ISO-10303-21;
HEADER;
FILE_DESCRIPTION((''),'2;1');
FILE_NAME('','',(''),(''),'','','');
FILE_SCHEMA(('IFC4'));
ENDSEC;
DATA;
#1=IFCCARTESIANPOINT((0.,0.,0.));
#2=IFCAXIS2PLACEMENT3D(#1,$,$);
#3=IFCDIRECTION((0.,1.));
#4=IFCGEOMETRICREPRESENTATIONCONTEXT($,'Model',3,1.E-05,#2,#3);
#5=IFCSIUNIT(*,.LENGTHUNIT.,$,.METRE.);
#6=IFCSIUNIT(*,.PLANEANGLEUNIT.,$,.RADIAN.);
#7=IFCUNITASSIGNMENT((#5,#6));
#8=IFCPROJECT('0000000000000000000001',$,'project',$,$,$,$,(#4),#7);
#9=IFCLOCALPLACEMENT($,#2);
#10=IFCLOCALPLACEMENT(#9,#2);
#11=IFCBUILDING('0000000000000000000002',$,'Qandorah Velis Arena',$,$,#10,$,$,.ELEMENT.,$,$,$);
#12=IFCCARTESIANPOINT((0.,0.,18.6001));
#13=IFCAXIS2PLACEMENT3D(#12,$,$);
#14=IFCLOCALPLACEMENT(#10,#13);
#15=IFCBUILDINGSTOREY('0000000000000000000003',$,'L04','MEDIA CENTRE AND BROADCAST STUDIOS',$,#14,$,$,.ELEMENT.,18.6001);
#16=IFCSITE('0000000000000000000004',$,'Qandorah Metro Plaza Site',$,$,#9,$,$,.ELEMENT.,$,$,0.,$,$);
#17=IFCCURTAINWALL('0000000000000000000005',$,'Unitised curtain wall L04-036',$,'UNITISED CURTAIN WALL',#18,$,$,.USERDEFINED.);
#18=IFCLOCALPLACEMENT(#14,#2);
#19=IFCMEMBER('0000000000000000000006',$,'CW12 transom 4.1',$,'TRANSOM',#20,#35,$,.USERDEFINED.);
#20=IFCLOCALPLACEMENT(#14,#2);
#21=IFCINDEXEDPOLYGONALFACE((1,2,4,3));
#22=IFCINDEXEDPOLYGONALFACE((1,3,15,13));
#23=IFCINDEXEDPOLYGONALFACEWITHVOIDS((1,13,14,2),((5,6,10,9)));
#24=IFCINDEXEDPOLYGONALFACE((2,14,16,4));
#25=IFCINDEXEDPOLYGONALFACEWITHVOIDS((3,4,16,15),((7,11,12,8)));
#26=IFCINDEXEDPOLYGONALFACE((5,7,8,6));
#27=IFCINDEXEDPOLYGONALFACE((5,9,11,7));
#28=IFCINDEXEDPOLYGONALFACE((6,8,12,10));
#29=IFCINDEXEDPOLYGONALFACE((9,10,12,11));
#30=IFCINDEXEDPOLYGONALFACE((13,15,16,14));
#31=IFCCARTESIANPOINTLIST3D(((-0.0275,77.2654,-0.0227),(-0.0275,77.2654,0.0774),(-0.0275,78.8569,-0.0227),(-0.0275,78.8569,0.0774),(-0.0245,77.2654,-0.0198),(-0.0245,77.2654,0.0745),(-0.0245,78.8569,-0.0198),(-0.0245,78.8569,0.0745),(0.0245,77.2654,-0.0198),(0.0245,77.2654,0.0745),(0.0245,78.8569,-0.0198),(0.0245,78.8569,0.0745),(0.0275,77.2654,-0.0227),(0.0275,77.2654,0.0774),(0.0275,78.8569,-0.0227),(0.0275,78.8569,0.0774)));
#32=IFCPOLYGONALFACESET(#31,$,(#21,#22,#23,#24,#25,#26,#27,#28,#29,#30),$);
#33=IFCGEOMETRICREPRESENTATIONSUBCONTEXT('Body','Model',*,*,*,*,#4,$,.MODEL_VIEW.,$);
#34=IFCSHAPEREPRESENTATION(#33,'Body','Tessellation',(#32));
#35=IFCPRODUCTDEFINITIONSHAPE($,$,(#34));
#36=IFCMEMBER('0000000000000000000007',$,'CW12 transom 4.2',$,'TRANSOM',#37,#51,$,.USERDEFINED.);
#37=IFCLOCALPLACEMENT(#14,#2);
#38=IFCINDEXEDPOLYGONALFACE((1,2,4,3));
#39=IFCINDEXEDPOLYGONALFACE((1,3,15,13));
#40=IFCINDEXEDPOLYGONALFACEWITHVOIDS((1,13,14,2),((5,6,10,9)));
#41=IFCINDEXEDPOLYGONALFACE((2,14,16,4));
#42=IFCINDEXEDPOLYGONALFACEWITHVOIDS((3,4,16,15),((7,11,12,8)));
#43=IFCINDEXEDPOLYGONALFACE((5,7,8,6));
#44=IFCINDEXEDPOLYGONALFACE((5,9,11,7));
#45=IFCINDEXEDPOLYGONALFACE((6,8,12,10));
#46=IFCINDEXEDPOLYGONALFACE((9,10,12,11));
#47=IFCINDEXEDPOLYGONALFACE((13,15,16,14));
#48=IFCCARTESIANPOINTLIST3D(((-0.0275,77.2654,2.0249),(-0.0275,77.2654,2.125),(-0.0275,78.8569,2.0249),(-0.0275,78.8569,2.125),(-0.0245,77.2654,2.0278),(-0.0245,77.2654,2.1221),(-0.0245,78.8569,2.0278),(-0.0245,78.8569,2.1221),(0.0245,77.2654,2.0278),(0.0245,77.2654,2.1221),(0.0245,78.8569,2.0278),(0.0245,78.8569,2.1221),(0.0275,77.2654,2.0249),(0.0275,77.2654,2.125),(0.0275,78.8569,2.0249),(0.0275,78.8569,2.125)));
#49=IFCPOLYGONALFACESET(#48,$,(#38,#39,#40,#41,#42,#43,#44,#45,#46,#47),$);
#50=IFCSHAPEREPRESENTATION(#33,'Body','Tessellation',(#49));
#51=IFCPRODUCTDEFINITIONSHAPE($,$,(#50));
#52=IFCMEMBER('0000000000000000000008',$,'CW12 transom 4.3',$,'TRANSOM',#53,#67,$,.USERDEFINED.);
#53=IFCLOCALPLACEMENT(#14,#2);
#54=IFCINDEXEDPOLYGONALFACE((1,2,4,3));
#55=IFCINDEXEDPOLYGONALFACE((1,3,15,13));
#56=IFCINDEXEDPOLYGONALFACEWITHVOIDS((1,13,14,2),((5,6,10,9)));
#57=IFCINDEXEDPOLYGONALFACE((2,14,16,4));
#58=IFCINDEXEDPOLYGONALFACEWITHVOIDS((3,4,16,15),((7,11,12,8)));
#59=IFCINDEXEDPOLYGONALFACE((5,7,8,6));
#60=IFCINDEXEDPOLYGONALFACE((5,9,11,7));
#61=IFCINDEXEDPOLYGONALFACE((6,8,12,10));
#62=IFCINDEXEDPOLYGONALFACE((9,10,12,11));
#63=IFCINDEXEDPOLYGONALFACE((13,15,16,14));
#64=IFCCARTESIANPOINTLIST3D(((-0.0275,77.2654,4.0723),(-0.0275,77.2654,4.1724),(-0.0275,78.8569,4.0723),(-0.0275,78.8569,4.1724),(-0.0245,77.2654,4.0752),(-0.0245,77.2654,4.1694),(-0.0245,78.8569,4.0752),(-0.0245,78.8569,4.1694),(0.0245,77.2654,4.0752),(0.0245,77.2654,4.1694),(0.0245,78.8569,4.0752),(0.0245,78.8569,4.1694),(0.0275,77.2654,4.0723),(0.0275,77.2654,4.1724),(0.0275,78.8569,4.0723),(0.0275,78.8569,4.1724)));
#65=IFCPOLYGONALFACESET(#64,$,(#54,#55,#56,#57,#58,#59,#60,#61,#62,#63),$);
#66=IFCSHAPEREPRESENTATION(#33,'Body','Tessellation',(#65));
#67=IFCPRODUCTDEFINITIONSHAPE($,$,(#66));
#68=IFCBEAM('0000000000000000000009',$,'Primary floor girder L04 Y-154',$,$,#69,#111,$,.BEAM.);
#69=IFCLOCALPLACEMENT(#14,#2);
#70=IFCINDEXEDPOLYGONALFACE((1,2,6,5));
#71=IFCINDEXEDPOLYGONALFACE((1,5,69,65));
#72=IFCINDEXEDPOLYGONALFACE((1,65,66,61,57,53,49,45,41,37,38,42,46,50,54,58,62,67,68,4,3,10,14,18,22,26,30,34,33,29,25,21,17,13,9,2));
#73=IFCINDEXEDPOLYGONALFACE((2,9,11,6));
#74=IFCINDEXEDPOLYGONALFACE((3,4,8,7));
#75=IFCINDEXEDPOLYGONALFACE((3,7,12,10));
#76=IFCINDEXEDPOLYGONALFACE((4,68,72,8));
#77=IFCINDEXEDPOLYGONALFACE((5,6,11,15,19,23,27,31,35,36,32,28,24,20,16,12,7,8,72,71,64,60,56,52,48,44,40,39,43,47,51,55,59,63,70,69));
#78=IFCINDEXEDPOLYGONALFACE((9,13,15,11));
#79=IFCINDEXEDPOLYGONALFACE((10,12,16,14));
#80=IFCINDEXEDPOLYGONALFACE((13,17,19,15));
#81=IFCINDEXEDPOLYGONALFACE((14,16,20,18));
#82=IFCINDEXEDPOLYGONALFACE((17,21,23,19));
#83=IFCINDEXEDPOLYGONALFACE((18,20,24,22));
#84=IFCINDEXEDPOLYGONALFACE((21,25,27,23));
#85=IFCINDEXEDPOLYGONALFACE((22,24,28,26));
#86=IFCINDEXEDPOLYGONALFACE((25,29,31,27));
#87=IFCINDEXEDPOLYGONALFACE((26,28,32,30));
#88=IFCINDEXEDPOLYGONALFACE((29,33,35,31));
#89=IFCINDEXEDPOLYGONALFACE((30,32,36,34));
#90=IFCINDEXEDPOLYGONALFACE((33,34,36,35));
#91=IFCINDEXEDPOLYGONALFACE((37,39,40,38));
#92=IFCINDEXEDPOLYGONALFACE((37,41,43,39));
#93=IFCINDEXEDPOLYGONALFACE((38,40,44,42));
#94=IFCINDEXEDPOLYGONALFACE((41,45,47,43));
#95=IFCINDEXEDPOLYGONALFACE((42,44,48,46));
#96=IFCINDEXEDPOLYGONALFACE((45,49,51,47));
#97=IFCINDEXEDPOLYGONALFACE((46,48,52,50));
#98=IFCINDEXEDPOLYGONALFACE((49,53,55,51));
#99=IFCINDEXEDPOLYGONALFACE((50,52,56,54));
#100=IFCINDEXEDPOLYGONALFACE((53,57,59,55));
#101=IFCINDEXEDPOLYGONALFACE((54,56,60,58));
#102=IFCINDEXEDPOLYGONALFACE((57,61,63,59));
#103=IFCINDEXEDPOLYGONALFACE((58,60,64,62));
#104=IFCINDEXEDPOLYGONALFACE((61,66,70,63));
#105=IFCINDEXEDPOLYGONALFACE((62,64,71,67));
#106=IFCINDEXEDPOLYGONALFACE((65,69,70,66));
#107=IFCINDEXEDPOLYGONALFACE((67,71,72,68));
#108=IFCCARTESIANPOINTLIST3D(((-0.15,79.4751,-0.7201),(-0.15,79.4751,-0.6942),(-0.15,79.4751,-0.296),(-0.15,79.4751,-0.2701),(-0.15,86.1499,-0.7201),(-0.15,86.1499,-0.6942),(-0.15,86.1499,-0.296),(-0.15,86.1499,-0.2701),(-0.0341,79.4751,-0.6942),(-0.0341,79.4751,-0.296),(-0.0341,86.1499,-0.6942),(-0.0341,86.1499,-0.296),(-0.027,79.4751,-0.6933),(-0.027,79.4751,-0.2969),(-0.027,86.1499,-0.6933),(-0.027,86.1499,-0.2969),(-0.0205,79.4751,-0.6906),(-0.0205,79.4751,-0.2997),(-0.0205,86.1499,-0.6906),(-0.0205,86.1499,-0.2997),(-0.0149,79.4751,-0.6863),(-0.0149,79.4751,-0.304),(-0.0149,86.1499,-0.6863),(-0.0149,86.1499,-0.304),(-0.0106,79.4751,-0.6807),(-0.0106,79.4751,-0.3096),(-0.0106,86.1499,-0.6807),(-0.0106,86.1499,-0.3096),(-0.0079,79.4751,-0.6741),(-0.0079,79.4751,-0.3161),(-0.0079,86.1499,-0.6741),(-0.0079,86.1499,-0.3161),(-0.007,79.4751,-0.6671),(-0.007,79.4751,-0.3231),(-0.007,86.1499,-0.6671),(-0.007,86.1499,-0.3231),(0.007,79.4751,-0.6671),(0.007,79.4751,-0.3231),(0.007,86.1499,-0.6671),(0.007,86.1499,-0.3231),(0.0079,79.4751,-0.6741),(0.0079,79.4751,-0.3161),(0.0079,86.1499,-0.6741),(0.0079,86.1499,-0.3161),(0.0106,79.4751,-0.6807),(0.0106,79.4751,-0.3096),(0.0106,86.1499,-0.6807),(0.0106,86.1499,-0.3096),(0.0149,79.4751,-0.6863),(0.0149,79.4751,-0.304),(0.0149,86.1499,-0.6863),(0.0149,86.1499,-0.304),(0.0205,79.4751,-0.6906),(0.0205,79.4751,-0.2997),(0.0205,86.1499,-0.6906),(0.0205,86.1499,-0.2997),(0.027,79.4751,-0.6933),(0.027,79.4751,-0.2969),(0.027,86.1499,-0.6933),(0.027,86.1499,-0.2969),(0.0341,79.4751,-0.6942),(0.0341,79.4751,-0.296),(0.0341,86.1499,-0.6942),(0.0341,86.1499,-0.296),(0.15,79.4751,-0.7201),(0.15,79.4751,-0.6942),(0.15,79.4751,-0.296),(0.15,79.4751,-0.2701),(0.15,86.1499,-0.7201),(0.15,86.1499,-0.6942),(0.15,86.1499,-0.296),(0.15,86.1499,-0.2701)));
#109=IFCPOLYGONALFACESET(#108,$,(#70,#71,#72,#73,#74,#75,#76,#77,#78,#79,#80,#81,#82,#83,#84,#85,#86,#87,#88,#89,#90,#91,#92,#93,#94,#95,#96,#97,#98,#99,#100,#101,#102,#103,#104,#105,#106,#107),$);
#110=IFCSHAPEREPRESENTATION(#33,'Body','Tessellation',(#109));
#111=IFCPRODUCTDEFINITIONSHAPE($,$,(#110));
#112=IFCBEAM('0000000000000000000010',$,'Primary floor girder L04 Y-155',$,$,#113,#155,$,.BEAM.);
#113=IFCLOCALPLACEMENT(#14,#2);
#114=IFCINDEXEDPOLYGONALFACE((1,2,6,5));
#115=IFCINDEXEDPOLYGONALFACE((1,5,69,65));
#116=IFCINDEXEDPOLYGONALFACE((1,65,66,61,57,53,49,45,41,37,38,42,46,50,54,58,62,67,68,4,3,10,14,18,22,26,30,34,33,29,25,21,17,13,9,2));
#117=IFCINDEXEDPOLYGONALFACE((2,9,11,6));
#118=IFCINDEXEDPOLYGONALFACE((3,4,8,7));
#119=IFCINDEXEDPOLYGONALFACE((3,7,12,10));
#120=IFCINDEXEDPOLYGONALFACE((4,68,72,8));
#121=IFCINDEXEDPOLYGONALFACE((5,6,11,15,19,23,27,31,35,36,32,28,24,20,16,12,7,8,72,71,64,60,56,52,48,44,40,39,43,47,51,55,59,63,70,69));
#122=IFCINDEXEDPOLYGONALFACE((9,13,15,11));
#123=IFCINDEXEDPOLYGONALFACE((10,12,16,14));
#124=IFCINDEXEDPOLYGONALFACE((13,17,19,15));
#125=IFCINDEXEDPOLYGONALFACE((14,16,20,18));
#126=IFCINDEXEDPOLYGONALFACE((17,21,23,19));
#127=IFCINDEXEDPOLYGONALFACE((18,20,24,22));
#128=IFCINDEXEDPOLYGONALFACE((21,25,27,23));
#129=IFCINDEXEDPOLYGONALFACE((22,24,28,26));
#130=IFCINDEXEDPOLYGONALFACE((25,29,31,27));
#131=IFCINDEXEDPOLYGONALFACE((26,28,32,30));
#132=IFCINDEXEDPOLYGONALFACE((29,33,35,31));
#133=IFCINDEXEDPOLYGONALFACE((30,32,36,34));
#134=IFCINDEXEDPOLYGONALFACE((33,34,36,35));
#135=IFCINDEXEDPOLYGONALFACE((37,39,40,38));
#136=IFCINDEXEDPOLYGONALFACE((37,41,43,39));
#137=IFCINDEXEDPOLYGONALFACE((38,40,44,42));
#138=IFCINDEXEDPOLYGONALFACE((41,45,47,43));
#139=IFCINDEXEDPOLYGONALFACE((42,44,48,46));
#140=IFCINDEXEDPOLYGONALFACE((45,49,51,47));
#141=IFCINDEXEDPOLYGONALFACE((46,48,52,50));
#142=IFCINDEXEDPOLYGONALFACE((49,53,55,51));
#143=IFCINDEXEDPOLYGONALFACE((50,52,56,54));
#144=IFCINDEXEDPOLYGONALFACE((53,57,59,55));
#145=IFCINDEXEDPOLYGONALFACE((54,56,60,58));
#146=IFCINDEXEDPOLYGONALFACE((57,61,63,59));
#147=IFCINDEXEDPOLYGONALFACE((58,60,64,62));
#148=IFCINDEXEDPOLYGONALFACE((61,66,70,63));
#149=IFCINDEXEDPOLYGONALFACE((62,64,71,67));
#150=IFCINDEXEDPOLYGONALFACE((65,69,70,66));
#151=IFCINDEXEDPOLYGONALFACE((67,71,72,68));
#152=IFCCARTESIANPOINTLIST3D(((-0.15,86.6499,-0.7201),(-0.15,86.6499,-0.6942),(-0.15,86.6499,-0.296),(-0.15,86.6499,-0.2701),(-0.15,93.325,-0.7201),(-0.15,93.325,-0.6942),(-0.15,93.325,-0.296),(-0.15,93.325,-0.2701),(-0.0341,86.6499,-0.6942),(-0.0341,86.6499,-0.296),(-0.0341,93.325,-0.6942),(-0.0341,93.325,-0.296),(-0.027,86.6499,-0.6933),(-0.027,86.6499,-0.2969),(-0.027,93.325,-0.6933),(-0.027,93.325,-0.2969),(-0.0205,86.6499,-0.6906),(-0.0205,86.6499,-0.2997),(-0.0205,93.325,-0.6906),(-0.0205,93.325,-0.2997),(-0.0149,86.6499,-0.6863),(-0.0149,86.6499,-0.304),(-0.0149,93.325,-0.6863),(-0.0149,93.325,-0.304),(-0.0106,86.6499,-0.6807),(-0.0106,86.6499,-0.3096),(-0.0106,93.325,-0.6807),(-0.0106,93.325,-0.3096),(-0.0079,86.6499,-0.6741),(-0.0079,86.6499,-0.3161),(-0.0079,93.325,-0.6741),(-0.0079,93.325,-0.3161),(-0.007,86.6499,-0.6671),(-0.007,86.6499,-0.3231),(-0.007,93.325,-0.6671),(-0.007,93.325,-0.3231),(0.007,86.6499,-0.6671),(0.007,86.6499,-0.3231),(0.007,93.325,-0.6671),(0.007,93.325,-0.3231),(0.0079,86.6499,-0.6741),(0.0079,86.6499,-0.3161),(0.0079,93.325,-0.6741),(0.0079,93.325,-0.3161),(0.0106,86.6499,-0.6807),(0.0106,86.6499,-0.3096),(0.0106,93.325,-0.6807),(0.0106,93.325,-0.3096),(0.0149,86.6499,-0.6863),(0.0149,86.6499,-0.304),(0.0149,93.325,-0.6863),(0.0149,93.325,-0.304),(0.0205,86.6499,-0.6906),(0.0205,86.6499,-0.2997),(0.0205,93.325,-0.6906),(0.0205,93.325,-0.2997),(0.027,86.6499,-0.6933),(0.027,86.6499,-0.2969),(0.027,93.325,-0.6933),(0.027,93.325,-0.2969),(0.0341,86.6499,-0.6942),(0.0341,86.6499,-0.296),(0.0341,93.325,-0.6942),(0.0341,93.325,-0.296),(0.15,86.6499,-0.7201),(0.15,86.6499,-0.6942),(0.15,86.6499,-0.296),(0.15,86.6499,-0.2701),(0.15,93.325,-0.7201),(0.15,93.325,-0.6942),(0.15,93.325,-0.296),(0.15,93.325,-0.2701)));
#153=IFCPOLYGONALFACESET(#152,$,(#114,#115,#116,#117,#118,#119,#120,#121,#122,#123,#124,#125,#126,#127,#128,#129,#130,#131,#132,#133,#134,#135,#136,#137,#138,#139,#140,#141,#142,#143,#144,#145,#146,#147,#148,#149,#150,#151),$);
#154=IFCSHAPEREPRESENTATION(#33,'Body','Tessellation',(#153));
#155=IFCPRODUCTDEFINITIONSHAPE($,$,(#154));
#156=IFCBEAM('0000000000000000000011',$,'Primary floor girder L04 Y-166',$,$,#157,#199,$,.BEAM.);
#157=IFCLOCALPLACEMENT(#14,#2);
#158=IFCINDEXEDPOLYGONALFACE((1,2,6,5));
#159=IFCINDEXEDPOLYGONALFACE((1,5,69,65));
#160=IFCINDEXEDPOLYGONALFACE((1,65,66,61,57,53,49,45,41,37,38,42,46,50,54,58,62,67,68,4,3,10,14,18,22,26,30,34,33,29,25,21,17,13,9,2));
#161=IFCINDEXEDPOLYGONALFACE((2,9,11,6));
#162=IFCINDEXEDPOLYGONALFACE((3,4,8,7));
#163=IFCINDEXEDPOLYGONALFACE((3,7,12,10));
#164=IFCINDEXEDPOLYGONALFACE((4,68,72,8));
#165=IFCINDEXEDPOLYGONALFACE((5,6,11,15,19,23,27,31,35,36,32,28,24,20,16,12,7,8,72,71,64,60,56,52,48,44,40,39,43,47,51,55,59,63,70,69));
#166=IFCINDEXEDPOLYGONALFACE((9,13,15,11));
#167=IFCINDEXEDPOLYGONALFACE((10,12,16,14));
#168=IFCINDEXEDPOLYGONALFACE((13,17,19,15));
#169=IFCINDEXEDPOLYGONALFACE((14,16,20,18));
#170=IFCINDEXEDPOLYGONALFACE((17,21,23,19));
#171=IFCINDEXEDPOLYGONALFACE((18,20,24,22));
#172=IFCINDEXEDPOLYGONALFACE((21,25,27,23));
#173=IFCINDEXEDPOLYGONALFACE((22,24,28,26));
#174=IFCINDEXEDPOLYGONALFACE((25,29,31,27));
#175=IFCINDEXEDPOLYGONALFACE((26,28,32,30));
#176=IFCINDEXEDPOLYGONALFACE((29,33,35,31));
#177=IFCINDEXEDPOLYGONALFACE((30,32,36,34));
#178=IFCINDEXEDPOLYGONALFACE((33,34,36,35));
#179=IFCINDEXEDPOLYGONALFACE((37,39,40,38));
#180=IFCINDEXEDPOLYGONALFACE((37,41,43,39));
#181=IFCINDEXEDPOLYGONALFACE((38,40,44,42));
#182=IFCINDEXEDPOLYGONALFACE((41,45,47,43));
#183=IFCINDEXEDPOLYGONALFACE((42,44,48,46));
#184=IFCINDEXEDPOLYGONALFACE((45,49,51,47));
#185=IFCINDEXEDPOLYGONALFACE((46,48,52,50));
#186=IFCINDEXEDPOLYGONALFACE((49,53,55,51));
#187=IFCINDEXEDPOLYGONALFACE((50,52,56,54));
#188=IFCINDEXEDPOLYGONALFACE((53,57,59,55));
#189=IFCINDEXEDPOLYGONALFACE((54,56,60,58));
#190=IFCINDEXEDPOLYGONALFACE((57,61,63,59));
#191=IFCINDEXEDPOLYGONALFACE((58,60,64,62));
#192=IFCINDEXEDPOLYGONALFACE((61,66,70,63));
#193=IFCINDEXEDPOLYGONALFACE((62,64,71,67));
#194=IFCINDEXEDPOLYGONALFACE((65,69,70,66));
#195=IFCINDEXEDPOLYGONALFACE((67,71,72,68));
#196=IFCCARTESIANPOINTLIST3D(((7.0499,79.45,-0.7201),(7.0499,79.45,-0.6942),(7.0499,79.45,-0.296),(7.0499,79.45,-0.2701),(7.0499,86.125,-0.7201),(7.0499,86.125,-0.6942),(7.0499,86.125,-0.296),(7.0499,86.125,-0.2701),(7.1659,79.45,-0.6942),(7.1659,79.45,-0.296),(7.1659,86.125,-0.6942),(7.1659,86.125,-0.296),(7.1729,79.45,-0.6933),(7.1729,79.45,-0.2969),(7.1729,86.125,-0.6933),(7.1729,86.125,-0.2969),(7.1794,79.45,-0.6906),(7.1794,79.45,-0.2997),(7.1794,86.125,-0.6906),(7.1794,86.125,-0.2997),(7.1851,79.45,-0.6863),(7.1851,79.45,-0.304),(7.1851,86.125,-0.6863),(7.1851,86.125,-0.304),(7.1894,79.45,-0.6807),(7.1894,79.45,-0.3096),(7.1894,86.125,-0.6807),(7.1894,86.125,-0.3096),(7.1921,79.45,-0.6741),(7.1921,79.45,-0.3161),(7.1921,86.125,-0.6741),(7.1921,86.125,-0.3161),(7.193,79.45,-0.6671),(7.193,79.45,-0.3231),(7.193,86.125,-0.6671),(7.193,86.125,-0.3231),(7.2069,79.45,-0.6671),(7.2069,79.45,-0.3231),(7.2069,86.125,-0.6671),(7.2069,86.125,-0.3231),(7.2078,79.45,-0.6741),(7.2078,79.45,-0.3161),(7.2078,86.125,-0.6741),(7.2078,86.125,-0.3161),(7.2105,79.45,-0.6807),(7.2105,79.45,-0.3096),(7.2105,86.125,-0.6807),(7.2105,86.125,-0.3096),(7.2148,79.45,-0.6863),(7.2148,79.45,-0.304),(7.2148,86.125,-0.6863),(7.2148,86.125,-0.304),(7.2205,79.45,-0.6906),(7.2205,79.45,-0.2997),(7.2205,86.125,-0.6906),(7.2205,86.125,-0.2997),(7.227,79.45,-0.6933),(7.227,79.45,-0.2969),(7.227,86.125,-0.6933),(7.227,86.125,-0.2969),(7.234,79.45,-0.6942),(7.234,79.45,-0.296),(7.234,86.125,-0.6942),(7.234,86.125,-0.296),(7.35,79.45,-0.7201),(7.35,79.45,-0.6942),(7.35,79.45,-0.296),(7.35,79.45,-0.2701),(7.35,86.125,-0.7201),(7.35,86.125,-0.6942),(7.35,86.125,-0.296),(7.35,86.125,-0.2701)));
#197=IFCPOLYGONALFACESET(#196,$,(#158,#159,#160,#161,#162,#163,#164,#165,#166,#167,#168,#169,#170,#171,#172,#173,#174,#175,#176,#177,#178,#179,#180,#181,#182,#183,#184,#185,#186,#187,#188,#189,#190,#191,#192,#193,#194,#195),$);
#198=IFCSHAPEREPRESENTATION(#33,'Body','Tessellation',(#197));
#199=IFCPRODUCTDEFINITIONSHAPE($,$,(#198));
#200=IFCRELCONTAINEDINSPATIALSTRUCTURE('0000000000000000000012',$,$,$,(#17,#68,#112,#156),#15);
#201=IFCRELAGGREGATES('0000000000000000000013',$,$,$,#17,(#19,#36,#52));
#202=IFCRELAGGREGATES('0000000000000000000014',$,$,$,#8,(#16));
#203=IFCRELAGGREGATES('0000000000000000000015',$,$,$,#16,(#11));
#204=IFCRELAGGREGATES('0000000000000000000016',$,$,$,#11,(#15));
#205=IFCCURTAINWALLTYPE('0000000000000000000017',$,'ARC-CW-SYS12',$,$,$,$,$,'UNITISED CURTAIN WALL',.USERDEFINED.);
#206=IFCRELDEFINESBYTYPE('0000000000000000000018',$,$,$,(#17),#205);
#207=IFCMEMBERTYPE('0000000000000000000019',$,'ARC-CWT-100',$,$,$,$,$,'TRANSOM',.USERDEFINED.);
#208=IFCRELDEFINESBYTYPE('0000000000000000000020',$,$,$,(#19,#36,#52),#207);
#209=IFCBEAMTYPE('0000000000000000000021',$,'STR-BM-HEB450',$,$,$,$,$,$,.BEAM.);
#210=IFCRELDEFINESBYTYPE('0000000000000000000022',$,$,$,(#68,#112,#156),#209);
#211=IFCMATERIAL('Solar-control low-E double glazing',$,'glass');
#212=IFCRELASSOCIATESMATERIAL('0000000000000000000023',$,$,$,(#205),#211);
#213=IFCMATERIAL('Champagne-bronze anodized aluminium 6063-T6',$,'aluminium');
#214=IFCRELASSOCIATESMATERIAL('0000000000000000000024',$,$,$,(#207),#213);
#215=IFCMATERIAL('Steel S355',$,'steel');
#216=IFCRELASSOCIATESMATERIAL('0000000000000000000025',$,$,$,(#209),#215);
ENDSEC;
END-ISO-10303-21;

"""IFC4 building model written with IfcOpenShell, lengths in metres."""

from ifc_helpers import new_model, si_unit, direction, frame, origin, origin_2d, place, context, subcontext, project, spatial, hollow_rectangle, i_section, extrude, material, material_profile, profile_set, type_object, element, aggregate, save


model = new_model("IFC4")

# Units and contexts
model_context = context("Model", 3, precision=1e-05, world=origin(), true_north=direction((0.0, 1.0)))
body_context = subcontext(model_context, "Body", "Model", "MODEL_VIEW")
ifc_project = project(units=[si_unit("LENGTHUNIT", "METRE"), si_unit("PLANEANGLEUNIT", "RADIAN")], contexts=[model_context])

# Site, building, storey
site_placement = place(None, origin())
site = spatial("IfcSite", under=ifc_project, at=site_placement, Name="Qandorah Metro Plaza Site", CompositionType="ELEMENT", RefElevation=0.0)
building_placement = place(site_placement, origin())
building = spatial("IfcBuilding", under=site, at=building_placement, Name="Qandorah Velis Arena", CompositionType="ELEMENT")
storey_placement = place(building_placement, frame((0.0, 0.0, 18.6001)))
storey = spatial("IfcBuildingStorey", under=building, at=storey_placement, Name="L04", Description="MEDIA CENTRE AND BROADCAST STUDIOS", CompositionType="ELEMENT", Elevation=18.6001)

# Shared definitions
ifc_material_1 = material(Name="Steel S355", Category="steel")

# Curtain wall, members
ifc_material_2 = material(Name="Solar-control low-E double glazing", Category="glass")
curtain_wall_type = type_object("IfcCurtainWallType", Name="ARC-CW-SYS12", ElementType="UNITISED CURTAIN WALL", PredefinedType="USERDEFINED", material=ifc_material_2)
curtain_wall_placement = place(storey_placement, origin())
curtain_wall = element("IfcCurtainWall", 1, at=curtain_wall_placement, inside=storey, type_object=curtain_wall_type, Name="Unitised curtain wall L04-036", ObjectType="UNITISED CURTAIN WALL", PredefinedType="USERDEFINED")
ifc_material_3 = material(Name="Champagne-bronze anodized aluminium 6063-T6", Category="aluminium")
ifc_material_profile_1 = material_profile(ifc_material_3, hollow_rectangle(XDim=0.0549, YDim=0.1001, WallThickness=0.0029, at=origin_2d()), Name="ALU TRANSOM 55x100")
ifc_profile_set_1 = profile_set([ifc_material_profile_1], Name="Champagne-bronze anodized aluminium 6063-T6")
member_type_1 = type_object("IfcMemberType", Name="ARC-CWT-100", ElementType="TRANSOM", PredefinedType="USERDEFINED", material=ifc_profile_set_1)
member_1_placement = place(storey_placement, frame((0.0, 77.2654, 0.0273), z_axis=(0.0, 1.0, 0.0), x_axis=(-1.0, 0.0, 0.0)))
member_1 = element("IfcMember", 2, at=member_1_placement, type_object=member_type_1, Name="CW12 transom 4.1", ObjectType="TRANSOM", PredefinedType="USERDEFINED", context=body_context, shape_type="SweptSolid", body=[
    extrude(hollow_rectangle(XDim=0.0549, YDim=0.1001, WallThickness=0.0029, at=origin_2d()), origin(), (0.0, 0.0, 1.0), 1.5916),
])
member_2_placement = place(storey_placement, frame((0.0, 77.2654, 2.075), z_axis=(0.0, 1.0, 0.0), x_axis=(-1.0, 0.0, 0.0)))
member_2 = element("IfcMember", 3, at=member_2_placement, type_object=member_type_1, Name="CW12 transom 4.2", ObjectType="TRANSOM", PredefinedType="USERDEFINED", context=body_context, shape_type="SweptSolid", body=[
    extrude(hollow_rectangle(XDim=0.0549, YDim=0.1001, WallThickness=0.0029, at=origin_2d()), origin(), (0.0, 0.0, 1.0), 1.5916),
])
member_3_placement = place(storey_placement, frame((0.0, 77.2654, 4.1223), z_axis=(0.0, 1.0, 0.0), x_axis=(-1.0, 0.0, 0.0)))
member_3 = element("IfcMember", 4, at=member_3_placement, type_object=member_type_1, Name="CW12 transom 4.3", ObjectType="TRANSOM", PredefinedType="USERDEFINED", context=body_context, shape_type="SweptSolid", body=[
    extrude(hollow_rectangle(XDim=0.0549, YDim=0.1001, WallThickness=0.0029, at=origin_2d()), origin(), (0.0, 0.0, 1.0), 1.5916),
])

# Beams
ifc_material_profile_2 = material_profile(ifc_material_1, i_section(OverallWidth=0.3, OverallDepth=0.45, WebThickness=0.0139, FlangeThickness=0.0259, FilletRadius=0.0271, at=origin_2d()), Name="HEB 450")
ifc_profile_set_2 = profile_set([ifc_material_profile_2], Name="Steel S355")
beam_type_1 = type_object("IfcBeamType", Name="STR-BM-HEB450", PredefinedType="BEAM", material=ifc_profile_set_2)
beam_placement = place(storey_placement, frame((0.0, 79.4751, -0.4951), z_axis=(0.0, 1.0, 0.0), x_axis=(-1.0, 0.0, 0.0)))
element("IfcBeam", 5, at=beam_placement, inside=storey, type_object=beam_type_1, Name="Primary floor girder L04 Y-154", PredefinedType="BEAM", context=body_context, shape_type="SweptSolid", body=[
    extrude(i_section(OverallWidth=0.3, OverallDepth=0.45, WebThickness=0.0139, FlangeThickness=0.0259, FilletRadius=0.0271, at=origin_2d()), origin(), (0.0, 0.0, 1.0), 6.6748),
])
for number, where, z_axis, x_axis, name in (
    (6, (0.0, 86.6499, -0.4951), (0.0, 1.0, 0.0), (-1.0, 0.0, 0.0), "Primary floor girder L04 Y-155"),
    (7, (7.2, 79.45, -0.4951), (0.0, 1.0, 0.0), (-1.0, 0.0, 0.0), "Primary floor girder L04 Y-166"),
):
    element("IfcBeam", number, at=place(storey_placement, frame(where, z_axis=z_axis, x_axis=x_axis)), inside=storey, type_object=beam_type_1, Name=name, PredefinedType="BEAM", context=body_context, shape_type="SweptSolid", body=[
        extrude(i_section(OverallWidth=0.3, OverallDepth=0.45, WebThickness=0.0139, FlangeThickness=0.0259, FilletRadius=0.0271, at=origin_2d()), origin(), (0.0, 0.0, 1.0), 6.675),
    ])

aggregate(curtain_wall, [member_1, member_2, member_3])

save(model, "model.ifc")
